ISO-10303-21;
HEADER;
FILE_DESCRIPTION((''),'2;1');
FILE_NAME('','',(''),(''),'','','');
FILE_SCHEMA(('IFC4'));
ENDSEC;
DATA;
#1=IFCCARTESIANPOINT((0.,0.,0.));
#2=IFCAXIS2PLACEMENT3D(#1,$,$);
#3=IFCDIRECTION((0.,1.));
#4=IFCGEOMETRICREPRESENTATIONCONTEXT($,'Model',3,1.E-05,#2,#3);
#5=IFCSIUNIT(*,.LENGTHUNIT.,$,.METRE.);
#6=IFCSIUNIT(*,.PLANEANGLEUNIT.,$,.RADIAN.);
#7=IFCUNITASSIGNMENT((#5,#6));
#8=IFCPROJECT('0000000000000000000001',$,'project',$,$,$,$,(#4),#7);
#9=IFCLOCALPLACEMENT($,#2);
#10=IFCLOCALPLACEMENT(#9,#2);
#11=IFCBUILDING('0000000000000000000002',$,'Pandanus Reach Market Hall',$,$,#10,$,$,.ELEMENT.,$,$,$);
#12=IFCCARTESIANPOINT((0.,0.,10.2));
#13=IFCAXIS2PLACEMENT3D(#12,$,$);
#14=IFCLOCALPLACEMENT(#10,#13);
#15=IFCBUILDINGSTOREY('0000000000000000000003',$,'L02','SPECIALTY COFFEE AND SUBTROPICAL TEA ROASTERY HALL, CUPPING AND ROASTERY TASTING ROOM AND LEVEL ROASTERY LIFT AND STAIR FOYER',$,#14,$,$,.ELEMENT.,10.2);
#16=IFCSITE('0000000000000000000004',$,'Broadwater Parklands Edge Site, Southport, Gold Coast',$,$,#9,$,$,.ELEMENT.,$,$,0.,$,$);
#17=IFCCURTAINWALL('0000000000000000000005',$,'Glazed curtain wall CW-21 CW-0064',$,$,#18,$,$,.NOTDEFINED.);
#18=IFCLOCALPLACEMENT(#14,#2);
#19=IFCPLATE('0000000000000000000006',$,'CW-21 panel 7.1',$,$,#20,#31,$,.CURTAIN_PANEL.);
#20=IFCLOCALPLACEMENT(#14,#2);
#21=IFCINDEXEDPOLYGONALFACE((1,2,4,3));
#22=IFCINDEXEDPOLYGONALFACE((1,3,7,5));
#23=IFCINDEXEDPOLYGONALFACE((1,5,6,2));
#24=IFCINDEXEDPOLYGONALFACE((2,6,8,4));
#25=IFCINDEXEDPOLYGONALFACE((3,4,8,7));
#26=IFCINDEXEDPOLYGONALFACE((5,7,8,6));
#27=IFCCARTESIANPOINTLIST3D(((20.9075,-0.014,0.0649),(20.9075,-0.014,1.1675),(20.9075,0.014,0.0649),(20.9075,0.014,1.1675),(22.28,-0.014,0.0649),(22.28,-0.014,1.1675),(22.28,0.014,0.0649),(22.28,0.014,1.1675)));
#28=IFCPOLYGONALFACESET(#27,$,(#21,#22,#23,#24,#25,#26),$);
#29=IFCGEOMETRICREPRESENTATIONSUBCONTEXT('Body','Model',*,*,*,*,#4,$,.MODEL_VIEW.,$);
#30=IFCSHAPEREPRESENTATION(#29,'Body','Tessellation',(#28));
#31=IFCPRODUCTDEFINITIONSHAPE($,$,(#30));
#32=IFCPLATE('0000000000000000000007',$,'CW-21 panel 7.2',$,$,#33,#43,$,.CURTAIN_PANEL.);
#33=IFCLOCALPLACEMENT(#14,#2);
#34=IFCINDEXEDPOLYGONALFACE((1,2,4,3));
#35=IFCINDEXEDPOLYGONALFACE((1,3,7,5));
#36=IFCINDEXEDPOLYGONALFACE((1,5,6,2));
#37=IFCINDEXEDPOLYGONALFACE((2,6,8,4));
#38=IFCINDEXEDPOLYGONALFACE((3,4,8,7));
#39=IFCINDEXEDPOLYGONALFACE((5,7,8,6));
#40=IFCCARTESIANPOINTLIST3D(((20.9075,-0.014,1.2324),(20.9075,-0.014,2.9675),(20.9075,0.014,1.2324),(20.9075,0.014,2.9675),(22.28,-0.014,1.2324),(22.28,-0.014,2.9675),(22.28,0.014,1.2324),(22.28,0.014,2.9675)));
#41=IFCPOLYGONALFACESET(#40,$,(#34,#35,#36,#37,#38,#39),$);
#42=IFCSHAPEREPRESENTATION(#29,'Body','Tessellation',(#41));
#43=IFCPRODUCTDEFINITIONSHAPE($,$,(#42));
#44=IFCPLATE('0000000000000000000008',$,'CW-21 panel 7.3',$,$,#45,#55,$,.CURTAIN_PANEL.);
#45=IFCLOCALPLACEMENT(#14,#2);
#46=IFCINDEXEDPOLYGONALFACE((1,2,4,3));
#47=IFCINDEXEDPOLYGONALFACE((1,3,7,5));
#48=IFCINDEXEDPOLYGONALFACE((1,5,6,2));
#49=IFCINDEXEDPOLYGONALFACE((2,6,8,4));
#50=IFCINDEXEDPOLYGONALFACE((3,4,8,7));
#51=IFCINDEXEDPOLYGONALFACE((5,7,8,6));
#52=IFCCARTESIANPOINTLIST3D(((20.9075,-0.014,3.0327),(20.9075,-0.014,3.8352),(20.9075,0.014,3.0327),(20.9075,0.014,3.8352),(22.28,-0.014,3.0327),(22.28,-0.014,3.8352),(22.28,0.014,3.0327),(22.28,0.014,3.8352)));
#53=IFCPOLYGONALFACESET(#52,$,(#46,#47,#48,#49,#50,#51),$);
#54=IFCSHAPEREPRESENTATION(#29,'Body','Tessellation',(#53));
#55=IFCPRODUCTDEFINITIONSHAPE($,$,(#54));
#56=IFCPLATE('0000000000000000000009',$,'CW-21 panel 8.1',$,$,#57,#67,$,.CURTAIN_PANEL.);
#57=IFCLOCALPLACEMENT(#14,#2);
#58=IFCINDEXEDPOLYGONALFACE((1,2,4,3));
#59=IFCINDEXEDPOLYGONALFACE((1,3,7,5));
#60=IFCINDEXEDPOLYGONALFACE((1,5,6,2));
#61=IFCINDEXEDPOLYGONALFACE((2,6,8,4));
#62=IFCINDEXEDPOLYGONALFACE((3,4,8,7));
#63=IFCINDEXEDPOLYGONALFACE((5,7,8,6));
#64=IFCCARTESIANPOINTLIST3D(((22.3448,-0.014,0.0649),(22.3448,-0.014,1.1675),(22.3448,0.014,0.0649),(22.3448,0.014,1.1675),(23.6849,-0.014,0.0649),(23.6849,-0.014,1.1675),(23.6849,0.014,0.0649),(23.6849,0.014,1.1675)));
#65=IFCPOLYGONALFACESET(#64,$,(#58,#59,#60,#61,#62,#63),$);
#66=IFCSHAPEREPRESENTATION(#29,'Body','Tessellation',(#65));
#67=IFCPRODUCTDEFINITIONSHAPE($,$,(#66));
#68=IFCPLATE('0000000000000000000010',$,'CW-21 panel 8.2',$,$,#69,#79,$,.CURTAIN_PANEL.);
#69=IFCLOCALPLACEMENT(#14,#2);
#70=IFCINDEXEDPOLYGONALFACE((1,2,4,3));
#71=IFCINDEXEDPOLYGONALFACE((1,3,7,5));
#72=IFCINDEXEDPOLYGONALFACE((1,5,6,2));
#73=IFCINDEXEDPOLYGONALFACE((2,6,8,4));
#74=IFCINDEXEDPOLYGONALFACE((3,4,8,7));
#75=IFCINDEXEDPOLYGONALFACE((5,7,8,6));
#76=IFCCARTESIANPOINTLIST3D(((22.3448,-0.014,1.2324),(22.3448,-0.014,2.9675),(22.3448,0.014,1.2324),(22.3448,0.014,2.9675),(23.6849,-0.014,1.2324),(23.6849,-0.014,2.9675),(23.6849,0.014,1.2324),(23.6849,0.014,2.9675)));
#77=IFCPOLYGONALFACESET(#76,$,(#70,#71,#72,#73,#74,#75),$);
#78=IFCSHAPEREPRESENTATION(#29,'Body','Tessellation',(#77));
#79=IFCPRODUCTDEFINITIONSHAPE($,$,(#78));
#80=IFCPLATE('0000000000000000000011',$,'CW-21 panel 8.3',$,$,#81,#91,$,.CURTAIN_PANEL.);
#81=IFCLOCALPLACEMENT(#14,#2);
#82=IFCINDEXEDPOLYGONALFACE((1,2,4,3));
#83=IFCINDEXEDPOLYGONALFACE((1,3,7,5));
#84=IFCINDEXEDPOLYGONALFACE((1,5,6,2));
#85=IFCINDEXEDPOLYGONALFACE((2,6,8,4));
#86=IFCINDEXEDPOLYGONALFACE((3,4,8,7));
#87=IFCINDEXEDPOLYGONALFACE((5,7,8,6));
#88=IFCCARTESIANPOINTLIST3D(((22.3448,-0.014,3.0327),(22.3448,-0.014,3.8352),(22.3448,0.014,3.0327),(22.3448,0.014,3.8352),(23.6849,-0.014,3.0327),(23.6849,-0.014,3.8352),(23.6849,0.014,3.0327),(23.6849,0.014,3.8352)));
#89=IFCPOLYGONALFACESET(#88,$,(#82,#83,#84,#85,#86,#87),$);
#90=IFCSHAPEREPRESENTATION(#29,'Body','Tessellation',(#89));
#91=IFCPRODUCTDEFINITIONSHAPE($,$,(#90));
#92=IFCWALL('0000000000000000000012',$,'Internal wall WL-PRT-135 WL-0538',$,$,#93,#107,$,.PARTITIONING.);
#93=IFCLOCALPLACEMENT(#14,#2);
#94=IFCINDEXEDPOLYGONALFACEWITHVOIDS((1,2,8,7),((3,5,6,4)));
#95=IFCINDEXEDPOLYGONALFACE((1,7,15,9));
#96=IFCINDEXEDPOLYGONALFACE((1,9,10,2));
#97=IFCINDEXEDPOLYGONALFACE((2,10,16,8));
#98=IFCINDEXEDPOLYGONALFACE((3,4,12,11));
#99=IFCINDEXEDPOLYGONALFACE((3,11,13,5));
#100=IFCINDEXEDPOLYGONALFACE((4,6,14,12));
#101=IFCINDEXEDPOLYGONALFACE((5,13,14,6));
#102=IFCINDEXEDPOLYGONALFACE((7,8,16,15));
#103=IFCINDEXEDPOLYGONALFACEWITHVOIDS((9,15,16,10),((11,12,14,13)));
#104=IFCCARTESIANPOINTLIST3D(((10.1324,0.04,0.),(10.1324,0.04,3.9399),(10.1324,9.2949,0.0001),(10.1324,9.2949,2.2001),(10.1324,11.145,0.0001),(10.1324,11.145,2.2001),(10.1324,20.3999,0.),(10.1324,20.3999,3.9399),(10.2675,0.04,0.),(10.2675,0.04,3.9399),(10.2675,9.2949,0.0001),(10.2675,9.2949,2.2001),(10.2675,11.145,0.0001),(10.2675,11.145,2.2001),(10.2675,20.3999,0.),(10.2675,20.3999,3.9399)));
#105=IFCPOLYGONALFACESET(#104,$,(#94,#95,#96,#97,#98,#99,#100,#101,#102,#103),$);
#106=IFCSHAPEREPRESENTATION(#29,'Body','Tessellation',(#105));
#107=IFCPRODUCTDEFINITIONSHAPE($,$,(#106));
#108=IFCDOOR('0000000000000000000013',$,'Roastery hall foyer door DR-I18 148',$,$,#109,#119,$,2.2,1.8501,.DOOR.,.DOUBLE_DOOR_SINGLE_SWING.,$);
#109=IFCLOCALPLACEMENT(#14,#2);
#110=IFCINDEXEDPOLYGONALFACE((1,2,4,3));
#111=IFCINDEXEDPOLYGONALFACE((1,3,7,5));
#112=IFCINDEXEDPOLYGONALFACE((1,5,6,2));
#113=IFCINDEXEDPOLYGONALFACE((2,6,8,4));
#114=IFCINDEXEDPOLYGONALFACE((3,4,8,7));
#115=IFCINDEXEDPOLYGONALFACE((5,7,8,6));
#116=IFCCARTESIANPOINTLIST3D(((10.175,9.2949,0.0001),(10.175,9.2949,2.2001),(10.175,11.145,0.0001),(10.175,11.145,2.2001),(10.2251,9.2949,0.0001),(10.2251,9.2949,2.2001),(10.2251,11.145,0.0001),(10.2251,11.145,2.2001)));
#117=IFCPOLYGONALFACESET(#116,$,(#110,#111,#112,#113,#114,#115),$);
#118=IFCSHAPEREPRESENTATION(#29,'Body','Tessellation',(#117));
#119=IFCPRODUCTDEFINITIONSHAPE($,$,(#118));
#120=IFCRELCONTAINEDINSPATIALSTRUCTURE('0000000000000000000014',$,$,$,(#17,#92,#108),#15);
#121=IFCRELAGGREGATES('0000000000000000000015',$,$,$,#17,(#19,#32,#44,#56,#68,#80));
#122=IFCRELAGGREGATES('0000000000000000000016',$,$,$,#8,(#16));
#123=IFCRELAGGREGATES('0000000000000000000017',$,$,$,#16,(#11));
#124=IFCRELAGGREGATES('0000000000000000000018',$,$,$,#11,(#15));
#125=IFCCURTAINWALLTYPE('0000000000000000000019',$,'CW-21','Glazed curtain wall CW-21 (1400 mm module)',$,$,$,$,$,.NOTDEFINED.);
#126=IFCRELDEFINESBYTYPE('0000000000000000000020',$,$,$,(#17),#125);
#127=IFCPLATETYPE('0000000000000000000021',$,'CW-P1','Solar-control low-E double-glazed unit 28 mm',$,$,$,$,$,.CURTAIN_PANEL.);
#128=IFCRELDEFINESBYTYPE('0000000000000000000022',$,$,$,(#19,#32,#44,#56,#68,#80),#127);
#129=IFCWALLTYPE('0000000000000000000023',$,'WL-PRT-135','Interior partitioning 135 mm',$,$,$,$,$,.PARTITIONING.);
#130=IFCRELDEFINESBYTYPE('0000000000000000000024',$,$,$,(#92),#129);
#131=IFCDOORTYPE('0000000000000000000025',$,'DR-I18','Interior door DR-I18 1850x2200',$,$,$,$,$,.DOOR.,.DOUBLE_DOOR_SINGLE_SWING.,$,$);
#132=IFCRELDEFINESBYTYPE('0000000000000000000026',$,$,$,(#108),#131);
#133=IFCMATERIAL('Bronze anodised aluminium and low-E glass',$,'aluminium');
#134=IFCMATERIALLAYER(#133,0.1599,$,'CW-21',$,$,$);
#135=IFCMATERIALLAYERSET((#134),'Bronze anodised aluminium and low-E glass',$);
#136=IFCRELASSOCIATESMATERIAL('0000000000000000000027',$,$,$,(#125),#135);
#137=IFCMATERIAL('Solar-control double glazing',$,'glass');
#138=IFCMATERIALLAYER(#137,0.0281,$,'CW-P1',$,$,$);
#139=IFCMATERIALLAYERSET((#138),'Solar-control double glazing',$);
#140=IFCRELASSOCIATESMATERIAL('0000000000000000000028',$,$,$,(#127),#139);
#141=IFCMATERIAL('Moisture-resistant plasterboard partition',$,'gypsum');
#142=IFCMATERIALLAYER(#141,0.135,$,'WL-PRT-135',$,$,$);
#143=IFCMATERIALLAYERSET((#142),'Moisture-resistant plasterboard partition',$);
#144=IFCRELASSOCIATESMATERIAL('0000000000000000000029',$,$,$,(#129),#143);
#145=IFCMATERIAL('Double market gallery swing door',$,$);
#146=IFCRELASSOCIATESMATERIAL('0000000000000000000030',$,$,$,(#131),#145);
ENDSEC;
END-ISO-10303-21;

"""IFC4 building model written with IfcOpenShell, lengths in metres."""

from ifc_helpers import new_model, si_unit, direction, frame, frame_2d, origin, origin_2d, place, context, subcontext, project, spatial, rectangle, extrude, material, layer, layer_set, type_object, element, fill, aggregate, save


model = new_model("IFC4")

# Units and contexts
model_context = context("Model", 3, precision=1e-05, world=origin(), true_north=direction((0.0, 1.0)))
body_context = subcontext(model_context, "Body", "Model", "MODEL_VIEW")
ifc_project = project(units=[si_unit("LENGTHUNIT", "METRE"), si_unit("PLANEANGLEUNIT", "RADIAN")], contexts=[model_context])

# Site, building, storey
site_placement = place(None, origin())
site = spatial("IfcSite", under=ifc_project, at=site_placement, Name="Broadwater Parklands Edge Site, Southport, Gold Coast", CompositionType="ELEMENT", RefElevation=0.0)
building_placement = place(site_placement, origin())
building = spatial("IfcBuilding", under=site, at=building_placement, Name="Pandanus Reach Market Hall", CompositionType="ELEMENT")
storey_placement = place(building_placement, frame((0.0, 0.0, 10.2)))
storey = spatial("IfcBuildingStorey", under=building, at=storey_placement, Name="L02", Description="SPECIALTY COFFEE AND SUBTROPICAL TEA ROASTERY HALL, CUPPING AND ROASTERY TASTING ROOM AND LEVEL ROASTERY LIFT AND STAIR FOYER", CompositionType="ELEMENT", Elevation=10.2)

# Curtain wall
ifc_material_1 = material(Name="Bronze anodised aluminium and low-E glass", Category="aluminium")
ifc_layer_1 = layer(ifc_material_1, 0.1599, Name="CW-21")
ifc_layer_set_1 = layer_set([ifc_layer_1], Name="Bronze anodised aluminium and low-E glass")
curtain_wall_type_1 = type_object("IfcCurtainWallType", Name="CW-21", Description="Glazed curtain wall CW-21 (1400 mm module)", PredefinedType="NOTDEFINED", material=ifc_layer_set_1)
curtain_wall_1_placement = place(storey_placement, origin())
curtain_wall_1 = element("IfcCurtainWall", 1, at=curtain_wall_1_placement, inside=storey, type_object=curtain_wall_type_1, Name="Glazed curtain wall CW-21 CW-0064", PredefinedType="NOTDEFINED")

# Plates
ifc_material_2 = material(Name="Solar-control double glazing", Category="glass")
ifc_layer_2 = layer(ifc_material_2, 0.0281, Name="CW-P1")
ifc_layer_set_2 = layer_set([ifc_layer_2], Name="Solar-control double glazing")
plate_type = type_object("IfcPlateType", Name="CW-P1", Description="Solar-control low-E double-glazed unit 28 mm", PredefinedType="CURTAIN_PANEL", material=ifc_layer_set_2)
plate_1_placement = place(storey_placement, frame((21.5938, 0.0, 0.0649), z_axis=(0.0, 0.0, 1.0), x_axis=(1.0, 0.0, 0.0)))
plate_1 = element("IfcPlate", 2, at=plate_1_placement, type_object=plate_type, Name="CW-21 panel 7.1", PredefinedType="CURTAIN_PANEL", context=body_context, shape_type="SweptSolid", body=[
    extrude(rectangle(XDim=1.3726, YDim=0.0281, at=origin_2d()), origin(), (0.0, 0.0, 1.0), 1.1025),
])
plate_2_placement = place(storey_placement, frame((21.5938, 0.0, 1.2324), z_axis=(0.0, 0.0, 1.0), x_axis=(1.0, 0.0, 0.0)))
plate_2 = element("IfcPlate", 3, at=plate_2_placement, type_object=plate_type, Name="CW-21 panel 7.2", PredefinedType="CURTAIN_PANEL", context=body_context, shape_type="SweptSolid", body=[
    extrude(rectangle(XDim=1.3726, YDim=0.0281, at=origin_2d()), origin(), (0.0, 0.0, 1.0), 1.7351),
])
plate_3_placement = place(storey_placement, frame((21.5938, 0.0, 3.0327), z_axis=(0.0, 0.0, 1.0), x_axis=(1.0, 0.0, 0.0)))
plate_3 = element("IfcPlate", 4, at=plate_3_placement, type_object=plate_type, Name="CW-21 panel 7.3", PredefinedType="CURTAIN_PANEL", context=body_context, shape_type="SweptSolid", body=[
    extrude(rectangle(XDim=1.3726, YDim=0.0281, at=origin_2d()), origin(), (0.0, 0.0, 1.0), 0.8025),
])
plate_4_placement = place(storey_placement, frame((23.0149, 0.0, 0.0649), z_axis=(0.0, 0.0, 1.0), x_axis=(1.0, 0.0, 0.0)))
plate_4 = element("IfcPlate", 5, at=plate_4_placement, type_object=plate_type, Name="CW-21 panel 8.1", PredefinedType="CURTAIN_PANEL", context=body_context, shape_type="SweptSolid", body=[
    extrude(rectangle(XDim=1.3401, YDim=0.0281, at=origin_2d()), origin(), (0.0, 0.0, 1.0), 1.1025),
])
plate_5_placement = place(storey_placement, frame((23.0149, 0.0, 1.2324), z_axis=(0.0, 0.0, 1.0), x_axis=(1.0, 0.0, 0.0)))
plate_5 = element("IfcPlate", 6, at=plate_5_placement, type_object=plate_type, Name="CW-21 panel 8.2", PredefinedType="CURTAIN_PANEL", context=body_context, shape_type="SweptSolid", body=[
    extrude(rectangle(XDim=1.3401, YDim=0.0281, at=origin_2d()), origin(), (0.0, 0.0, 1.0), 1.7351),
])
plate_6_placement = place(storey_placement, frame((23.0149, 0.0, 3.0327), z_axis=(0.0, 0.0, 1.0), x_axis=(1.0, 0.0, 0.0)))
plate_6 = element("IfcPlate", 7, at=plate_6_placement, type_object=plate_type, Name="CW-21 panel 8.3", PredefinedType="CURTAIN_PANEL", context=body_context, shape_type="SweptSolid", body=[
    extrude(rectangle(XDim=1.3401, YDim=0.0281, at=origin_2d()), origin(), (0.0, 0.0, 1.0), 0.8025),
])
aggregate(curtain_wall_1, [plate_1, plate_2, plate_3, plate_4, plate_5, plate_6])

# Wall, opening, door
ifc_material_3 = material(Name="Moisture-resistant plasterboard partition", Category="gypsum")
ifc_layer_3 = layer(ifc_material_3, 0.135, Name="WL-PRT-135")
ifc_layer_set_3 = layer_set([ifc_layer_3], Name="Moisture-resistant plasterboard partition")
wall_type = type_object("IfcWallType", Name="WL-PRT-135", Description="Interior partitioning 135 mm", PredefinedType="PARTITIONING", material=ifc_layer_set_3)
wall_placement = place(storey_placement, frame((10.2, 0.04, 0.0), z_axis=(0.0, 0.0, 1.0), x_axis=(0.0, 1.0, 0.0)))
wall = element("IfcWall", 8, at=wall_placement, inside=storey, type_object=wall_type, Name="Internal wall WL-PRT-135 WL-0538", PredefinedType="PARTITIONING", context=body_context, shape_type="SweptSolid", body=[
    extrude(rectangle(XDim=20.3599, YDim=0.135, at=frame_2d((10.1799, 0.0))), origin(), (0.0, 0.0, 1.0), 3.9399),
])
opening_placement = place(wall_placement, frame((9.2549, 0.0, 0.0)))
opening = element("IfcOpeningElement", 9, at=opening_placement, cuts=wall, PredefinedType="OPENING", context=body_context, shape_type="SweptSolid", body=[
    extrude(rectangle(XDim=1.8501, YDim=2.2, at=frame_2d((0.925, 1.1001))), frame((0.0, 0.0825, 0.0), z_axis=(0.0, -1.0, 0.0), x_axis=(1.0, 0.0, 0.0)), (0.0, 0.0, 1.0), 0.165),
])
ifc_material_4 = material(Name="Double market gallery swing door")
door_type = type_object("IfcDoorType", Name="DR-I18", Description="Interior door DR-I18 1850x2200", OperationType="DOUBLE_DOOR_SINGLE_SWING", PredefinedType="DOOR", material=ifc_material_4)
door_placement = place(opening_placement, origin())
door = element("IfcDoor", 10, at=door_placement, inside=storey, type_object=door_type, Name="Roastery hall foyer door DR-I18 148", OperationType="DOUBLE_DOOR_SINGLE_SWING", OverallHeight=2.2, OverallWidth=1.8501, PredefinedType="DOOR", context=body_context, shape_type="SweptSolid", body=[
    extrude(rectangle(XDim=1.8501, YDim=2.2, at=frame_2d((0.925, 1.1001))), frame((0.0, 0.0249, 0.0), z_axis=(0.0, -1.0, 0.0), x_axis=(1.0, 0.0, 0.0)), (0.0, 0.0, 1.0), 0.05),
])
fill(opening, door)

save(model, "model.ifc")
